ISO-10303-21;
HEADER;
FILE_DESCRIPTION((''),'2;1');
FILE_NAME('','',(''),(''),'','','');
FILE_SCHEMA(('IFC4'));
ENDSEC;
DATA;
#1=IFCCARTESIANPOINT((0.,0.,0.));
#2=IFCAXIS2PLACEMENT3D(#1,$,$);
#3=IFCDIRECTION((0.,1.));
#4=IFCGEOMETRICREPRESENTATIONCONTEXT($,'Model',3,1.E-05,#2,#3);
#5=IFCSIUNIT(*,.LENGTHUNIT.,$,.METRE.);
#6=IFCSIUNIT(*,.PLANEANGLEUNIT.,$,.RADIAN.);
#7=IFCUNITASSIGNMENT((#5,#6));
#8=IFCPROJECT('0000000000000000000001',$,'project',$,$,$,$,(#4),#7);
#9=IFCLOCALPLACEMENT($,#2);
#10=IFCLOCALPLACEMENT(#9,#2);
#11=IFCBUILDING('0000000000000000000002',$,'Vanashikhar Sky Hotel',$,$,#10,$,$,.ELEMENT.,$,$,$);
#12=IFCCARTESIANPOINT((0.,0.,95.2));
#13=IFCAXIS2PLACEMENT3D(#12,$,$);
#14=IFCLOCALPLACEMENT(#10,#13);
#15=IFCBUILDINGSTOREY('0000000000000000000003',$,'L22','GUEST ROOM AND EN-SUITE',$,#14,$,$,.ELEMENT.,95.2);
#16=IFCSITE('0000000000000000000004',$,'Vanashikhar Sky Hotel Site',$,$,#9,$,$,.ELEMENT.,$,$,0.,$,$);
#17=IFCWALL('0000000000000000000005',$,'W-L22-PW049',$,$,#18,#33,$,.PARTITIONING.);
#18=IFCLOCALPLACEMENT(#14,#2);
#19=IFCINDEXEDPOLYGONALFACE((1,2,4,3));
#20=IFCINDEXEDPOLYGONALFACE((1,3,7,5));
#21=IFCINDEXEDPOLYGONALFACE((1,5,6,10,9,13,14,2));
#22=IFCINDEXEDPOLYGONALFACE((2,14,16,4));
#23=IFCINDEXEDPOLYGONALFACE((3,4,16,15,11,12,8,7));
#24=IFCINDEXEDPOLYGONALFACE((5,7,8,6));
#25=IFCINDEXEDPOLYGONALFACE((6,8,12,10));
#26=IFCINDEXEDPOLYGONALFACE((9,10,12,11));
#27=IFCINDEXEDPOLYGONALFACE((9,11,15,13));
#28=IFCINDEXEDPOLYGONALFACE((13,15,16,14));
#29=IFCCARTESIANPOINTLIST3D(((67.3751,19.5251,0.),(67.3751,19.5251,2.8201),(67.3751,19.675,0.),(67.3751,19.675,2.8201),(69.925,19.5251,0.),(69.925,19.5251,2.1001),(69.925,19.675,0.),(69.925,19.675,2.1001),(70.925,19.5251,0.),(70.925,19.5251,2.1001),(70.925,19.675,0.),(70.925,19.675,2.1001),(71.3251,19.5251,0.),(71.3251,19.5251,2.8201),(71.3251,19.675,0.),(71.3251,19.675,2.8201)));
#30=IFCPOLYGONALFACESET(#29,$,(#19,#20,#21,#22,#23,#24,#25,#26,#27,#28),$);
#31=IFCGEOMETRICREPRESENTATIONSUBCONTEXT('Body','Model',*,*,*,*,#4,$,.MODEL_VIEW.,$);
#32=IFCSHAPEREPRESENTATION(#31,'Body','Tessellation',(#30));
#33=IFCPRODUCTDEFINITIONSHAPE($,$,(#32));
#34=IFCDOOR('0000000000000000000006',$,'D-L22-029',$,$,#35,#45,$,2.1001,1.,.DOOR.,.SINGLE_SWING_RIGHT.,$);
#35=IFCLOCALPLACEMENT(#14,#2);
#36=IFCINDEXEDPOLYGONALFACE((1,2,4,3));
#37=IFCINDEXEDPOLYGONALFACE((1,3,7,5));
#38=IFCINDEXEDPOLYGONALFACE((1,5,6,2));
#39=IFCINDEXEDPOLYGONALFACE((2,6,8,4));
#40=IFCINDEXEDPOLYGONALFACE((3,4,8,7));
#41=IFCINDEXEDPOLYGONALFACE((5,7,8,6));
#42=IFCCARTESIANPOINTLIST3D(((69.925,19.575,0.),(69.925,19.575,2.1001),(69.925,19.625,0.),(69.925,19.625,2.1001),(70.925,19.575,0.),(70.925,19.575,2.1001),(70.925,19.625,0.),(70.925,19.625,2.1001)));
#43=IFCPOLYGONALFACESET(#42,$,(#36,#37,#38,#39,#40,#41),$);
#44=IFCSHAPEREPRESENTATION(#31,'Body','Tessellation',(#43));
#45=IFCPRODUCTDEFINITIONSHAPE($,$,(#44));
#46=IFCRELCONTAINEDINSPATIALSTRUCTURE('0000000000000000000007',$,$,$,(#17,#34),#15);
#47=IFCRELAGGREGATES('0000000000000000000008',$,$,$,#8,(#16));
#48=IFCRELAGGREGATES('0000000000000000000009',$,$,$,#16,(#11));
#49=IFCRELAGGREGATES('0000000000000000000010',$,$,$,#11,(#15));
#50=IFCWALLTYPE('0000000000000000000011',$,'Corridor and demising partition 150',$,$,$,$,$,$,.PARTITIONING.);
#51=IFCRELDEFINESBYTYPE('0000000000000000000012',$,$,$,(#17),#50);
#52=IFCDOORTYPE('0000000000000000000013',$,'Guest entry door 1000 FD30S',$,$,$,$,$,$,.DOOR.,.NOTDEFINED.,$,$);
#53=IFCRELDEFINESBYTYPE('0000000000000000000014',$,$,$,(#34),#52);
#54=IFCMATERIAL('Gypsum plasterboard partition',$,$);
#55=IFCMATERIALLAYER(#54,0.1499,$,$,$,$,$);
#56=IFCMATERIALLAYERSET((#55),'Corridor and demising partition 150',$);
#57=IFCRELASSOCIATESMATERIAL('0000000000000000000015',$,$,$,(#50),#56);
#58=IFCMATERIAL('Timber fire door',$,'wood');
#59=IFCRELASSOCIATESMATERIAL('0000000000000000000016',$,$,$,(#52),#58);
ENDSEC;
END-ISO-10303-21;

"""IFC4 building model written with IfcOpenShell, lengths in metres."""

from ifc_helpers import new_model, si_unit, direction, frame, frame_2d, origin, place, context, subcontext, project, spatial, rectangle, extrude, source, transform, mapped, material, layer, layer_set, type_object, element, fill, save


model = new_model("IFC4")

# Units and contexts
model_context = context("Model", 3, precision=1e-05, world=origin(), true_north=direction((0.0, 1.0)))
body_context = subcontext(model_context, "Body", "Model", "MODEL_VIEW")
ifc_project = project(units=[si_unit("LENGTHUNIT", "METRE"), si_unit("PLANEANGLEUNIT", "RADIAN")], contexts=[model_context])

# Site, building, storey
site_placement = place(None, origin())
site = spatial("IfcSite", under=ifc_project, at=site_placement, Name="Vanashikhar Sky Hotel Site", CompositionType="ELEMENT", RefElevation=0.0)
building_placement = place(site_placement, origin())
building = spatial("IfcBuilding", under=site, at=building_placement, Name="Vanashikhar Sky Hotel", CompositionType="ELEMENT")
storey_placement = place(building_placement, frame((0.0, 0.0, 95.2)))
storey = spatial("IfcBuildingStorey", under=building, at=storey_placement, Name="L22", Description="GUEST ROOM AND EN-SUITE", CompositionType="ELEMENT", Elevation=95.2)

# Wall, opening, door
ifc_material_1 = material(Name="Gypsum plasterboard partition")
ifc_layer_1 = layer(ifc_material_1, 0.1499)
ifc_layer_set_1 = layer_set([ifc_layer_1], Name="Corridor and demising partition 150")
wall_type_1 = type_object("IfcWallType", Name="Corridor and demising partition 150", PredefinedType="PARTITIONING", material=ifc_layer_set_1)
shared_shape_1 = source(origin(), body_context, "Body", "SweptSolid", [
    extrude(rectangle(XDim=1.0, YDim=2.1001, at=frame_2d((0.5, 1.05))), frame((0.0, 0.085, 0.0), z_axis=(0.0, -1.0, 0.0), x_axis=(1.0, 0.0, 0.0)), (0.0, 0.0, 1.0), 0.1699),
])
ifc_material_2 = material(Name="Timber fire door", Category="wood")
door_type_1 = type_object("IfcDoorType", Name="Guest entry door 1000 FD30S", OperationType="NOTDEFINED", PredefinedType="DOOR", material=ifc_material_2)
shared_shape_2 = source(origin(), body_context, "Body", "SweptSolid", [
    extrude(rectangle(XDim=1.0, YDim=2.1001, at=frame_2d((0.5, 1.05))), frame((0.0, 0.0249, 0.0), z_axis=(0.0, -1.0, 0.0), x_axis=(1.0, 0.0, 0.0)), (0.0, 0.0, 1.0), 0.05),
])
shared_shape_3 = source(origin(), body_context, "Body", "SweptSolid", [
    extrude(rectangle(XDim=3.95, YDim=0.1499, at=frame_2d((1.9751, 0.0))), origin(), (0.0, 0.0, 1.0), 2.8201),
])
wall_1_placement = place(storey_placement, frame((67.375, 19.6001, 0.0), z_axis=(0.0, 0.0, 1.0), x_axis=(1.0, 0.0, 0.0)))
wall_1 = element("IfcWall", 1, at=wall_1_placement, inside=storey, type_object=wall_type_1, Name="W-L22-PW049", PredefinedType="PARTITIONING", context=body_context, shape_type="MappedRepresentation", body=[
    mapped(shared_shape_3, transform((0.0, 0.0, 0.0), scale=1.0)),
])
opening_1_placement = place(wall_1_placement, frame((2.55, 0.0, 0.0)))
opening_1 = element("IfcOpeningElement", 2, at=opening_1_placement, cuts=wall_1, PredefinedType="OPENING", context=body_context, shape_type="MappedRepresentation", body=[
    mapped(shared_shape_1, transform((0.0, 0.0, 0.0), scale=1.0)),
])
door_1_placement = place(opening_1_placement, origin())
door_1 = element("IfcDoor", 3, at=door_1_placement, inside=storey, type_object=door_type_1, Name="D-L22-029", OperationType="SINGLE_SWING_RIGHT", OverallHeight=2.1001, OverallWidth=1.0, PredefinedType="DOOR", context=body_context, shape_type="MappedRepresentation", body=[
    mapped(shared_shape_2, transform((0.0, 0.0, 0.0), scale=1.0)),
])
fill(opening_1, door_1)

save(model, "model.ifc")
